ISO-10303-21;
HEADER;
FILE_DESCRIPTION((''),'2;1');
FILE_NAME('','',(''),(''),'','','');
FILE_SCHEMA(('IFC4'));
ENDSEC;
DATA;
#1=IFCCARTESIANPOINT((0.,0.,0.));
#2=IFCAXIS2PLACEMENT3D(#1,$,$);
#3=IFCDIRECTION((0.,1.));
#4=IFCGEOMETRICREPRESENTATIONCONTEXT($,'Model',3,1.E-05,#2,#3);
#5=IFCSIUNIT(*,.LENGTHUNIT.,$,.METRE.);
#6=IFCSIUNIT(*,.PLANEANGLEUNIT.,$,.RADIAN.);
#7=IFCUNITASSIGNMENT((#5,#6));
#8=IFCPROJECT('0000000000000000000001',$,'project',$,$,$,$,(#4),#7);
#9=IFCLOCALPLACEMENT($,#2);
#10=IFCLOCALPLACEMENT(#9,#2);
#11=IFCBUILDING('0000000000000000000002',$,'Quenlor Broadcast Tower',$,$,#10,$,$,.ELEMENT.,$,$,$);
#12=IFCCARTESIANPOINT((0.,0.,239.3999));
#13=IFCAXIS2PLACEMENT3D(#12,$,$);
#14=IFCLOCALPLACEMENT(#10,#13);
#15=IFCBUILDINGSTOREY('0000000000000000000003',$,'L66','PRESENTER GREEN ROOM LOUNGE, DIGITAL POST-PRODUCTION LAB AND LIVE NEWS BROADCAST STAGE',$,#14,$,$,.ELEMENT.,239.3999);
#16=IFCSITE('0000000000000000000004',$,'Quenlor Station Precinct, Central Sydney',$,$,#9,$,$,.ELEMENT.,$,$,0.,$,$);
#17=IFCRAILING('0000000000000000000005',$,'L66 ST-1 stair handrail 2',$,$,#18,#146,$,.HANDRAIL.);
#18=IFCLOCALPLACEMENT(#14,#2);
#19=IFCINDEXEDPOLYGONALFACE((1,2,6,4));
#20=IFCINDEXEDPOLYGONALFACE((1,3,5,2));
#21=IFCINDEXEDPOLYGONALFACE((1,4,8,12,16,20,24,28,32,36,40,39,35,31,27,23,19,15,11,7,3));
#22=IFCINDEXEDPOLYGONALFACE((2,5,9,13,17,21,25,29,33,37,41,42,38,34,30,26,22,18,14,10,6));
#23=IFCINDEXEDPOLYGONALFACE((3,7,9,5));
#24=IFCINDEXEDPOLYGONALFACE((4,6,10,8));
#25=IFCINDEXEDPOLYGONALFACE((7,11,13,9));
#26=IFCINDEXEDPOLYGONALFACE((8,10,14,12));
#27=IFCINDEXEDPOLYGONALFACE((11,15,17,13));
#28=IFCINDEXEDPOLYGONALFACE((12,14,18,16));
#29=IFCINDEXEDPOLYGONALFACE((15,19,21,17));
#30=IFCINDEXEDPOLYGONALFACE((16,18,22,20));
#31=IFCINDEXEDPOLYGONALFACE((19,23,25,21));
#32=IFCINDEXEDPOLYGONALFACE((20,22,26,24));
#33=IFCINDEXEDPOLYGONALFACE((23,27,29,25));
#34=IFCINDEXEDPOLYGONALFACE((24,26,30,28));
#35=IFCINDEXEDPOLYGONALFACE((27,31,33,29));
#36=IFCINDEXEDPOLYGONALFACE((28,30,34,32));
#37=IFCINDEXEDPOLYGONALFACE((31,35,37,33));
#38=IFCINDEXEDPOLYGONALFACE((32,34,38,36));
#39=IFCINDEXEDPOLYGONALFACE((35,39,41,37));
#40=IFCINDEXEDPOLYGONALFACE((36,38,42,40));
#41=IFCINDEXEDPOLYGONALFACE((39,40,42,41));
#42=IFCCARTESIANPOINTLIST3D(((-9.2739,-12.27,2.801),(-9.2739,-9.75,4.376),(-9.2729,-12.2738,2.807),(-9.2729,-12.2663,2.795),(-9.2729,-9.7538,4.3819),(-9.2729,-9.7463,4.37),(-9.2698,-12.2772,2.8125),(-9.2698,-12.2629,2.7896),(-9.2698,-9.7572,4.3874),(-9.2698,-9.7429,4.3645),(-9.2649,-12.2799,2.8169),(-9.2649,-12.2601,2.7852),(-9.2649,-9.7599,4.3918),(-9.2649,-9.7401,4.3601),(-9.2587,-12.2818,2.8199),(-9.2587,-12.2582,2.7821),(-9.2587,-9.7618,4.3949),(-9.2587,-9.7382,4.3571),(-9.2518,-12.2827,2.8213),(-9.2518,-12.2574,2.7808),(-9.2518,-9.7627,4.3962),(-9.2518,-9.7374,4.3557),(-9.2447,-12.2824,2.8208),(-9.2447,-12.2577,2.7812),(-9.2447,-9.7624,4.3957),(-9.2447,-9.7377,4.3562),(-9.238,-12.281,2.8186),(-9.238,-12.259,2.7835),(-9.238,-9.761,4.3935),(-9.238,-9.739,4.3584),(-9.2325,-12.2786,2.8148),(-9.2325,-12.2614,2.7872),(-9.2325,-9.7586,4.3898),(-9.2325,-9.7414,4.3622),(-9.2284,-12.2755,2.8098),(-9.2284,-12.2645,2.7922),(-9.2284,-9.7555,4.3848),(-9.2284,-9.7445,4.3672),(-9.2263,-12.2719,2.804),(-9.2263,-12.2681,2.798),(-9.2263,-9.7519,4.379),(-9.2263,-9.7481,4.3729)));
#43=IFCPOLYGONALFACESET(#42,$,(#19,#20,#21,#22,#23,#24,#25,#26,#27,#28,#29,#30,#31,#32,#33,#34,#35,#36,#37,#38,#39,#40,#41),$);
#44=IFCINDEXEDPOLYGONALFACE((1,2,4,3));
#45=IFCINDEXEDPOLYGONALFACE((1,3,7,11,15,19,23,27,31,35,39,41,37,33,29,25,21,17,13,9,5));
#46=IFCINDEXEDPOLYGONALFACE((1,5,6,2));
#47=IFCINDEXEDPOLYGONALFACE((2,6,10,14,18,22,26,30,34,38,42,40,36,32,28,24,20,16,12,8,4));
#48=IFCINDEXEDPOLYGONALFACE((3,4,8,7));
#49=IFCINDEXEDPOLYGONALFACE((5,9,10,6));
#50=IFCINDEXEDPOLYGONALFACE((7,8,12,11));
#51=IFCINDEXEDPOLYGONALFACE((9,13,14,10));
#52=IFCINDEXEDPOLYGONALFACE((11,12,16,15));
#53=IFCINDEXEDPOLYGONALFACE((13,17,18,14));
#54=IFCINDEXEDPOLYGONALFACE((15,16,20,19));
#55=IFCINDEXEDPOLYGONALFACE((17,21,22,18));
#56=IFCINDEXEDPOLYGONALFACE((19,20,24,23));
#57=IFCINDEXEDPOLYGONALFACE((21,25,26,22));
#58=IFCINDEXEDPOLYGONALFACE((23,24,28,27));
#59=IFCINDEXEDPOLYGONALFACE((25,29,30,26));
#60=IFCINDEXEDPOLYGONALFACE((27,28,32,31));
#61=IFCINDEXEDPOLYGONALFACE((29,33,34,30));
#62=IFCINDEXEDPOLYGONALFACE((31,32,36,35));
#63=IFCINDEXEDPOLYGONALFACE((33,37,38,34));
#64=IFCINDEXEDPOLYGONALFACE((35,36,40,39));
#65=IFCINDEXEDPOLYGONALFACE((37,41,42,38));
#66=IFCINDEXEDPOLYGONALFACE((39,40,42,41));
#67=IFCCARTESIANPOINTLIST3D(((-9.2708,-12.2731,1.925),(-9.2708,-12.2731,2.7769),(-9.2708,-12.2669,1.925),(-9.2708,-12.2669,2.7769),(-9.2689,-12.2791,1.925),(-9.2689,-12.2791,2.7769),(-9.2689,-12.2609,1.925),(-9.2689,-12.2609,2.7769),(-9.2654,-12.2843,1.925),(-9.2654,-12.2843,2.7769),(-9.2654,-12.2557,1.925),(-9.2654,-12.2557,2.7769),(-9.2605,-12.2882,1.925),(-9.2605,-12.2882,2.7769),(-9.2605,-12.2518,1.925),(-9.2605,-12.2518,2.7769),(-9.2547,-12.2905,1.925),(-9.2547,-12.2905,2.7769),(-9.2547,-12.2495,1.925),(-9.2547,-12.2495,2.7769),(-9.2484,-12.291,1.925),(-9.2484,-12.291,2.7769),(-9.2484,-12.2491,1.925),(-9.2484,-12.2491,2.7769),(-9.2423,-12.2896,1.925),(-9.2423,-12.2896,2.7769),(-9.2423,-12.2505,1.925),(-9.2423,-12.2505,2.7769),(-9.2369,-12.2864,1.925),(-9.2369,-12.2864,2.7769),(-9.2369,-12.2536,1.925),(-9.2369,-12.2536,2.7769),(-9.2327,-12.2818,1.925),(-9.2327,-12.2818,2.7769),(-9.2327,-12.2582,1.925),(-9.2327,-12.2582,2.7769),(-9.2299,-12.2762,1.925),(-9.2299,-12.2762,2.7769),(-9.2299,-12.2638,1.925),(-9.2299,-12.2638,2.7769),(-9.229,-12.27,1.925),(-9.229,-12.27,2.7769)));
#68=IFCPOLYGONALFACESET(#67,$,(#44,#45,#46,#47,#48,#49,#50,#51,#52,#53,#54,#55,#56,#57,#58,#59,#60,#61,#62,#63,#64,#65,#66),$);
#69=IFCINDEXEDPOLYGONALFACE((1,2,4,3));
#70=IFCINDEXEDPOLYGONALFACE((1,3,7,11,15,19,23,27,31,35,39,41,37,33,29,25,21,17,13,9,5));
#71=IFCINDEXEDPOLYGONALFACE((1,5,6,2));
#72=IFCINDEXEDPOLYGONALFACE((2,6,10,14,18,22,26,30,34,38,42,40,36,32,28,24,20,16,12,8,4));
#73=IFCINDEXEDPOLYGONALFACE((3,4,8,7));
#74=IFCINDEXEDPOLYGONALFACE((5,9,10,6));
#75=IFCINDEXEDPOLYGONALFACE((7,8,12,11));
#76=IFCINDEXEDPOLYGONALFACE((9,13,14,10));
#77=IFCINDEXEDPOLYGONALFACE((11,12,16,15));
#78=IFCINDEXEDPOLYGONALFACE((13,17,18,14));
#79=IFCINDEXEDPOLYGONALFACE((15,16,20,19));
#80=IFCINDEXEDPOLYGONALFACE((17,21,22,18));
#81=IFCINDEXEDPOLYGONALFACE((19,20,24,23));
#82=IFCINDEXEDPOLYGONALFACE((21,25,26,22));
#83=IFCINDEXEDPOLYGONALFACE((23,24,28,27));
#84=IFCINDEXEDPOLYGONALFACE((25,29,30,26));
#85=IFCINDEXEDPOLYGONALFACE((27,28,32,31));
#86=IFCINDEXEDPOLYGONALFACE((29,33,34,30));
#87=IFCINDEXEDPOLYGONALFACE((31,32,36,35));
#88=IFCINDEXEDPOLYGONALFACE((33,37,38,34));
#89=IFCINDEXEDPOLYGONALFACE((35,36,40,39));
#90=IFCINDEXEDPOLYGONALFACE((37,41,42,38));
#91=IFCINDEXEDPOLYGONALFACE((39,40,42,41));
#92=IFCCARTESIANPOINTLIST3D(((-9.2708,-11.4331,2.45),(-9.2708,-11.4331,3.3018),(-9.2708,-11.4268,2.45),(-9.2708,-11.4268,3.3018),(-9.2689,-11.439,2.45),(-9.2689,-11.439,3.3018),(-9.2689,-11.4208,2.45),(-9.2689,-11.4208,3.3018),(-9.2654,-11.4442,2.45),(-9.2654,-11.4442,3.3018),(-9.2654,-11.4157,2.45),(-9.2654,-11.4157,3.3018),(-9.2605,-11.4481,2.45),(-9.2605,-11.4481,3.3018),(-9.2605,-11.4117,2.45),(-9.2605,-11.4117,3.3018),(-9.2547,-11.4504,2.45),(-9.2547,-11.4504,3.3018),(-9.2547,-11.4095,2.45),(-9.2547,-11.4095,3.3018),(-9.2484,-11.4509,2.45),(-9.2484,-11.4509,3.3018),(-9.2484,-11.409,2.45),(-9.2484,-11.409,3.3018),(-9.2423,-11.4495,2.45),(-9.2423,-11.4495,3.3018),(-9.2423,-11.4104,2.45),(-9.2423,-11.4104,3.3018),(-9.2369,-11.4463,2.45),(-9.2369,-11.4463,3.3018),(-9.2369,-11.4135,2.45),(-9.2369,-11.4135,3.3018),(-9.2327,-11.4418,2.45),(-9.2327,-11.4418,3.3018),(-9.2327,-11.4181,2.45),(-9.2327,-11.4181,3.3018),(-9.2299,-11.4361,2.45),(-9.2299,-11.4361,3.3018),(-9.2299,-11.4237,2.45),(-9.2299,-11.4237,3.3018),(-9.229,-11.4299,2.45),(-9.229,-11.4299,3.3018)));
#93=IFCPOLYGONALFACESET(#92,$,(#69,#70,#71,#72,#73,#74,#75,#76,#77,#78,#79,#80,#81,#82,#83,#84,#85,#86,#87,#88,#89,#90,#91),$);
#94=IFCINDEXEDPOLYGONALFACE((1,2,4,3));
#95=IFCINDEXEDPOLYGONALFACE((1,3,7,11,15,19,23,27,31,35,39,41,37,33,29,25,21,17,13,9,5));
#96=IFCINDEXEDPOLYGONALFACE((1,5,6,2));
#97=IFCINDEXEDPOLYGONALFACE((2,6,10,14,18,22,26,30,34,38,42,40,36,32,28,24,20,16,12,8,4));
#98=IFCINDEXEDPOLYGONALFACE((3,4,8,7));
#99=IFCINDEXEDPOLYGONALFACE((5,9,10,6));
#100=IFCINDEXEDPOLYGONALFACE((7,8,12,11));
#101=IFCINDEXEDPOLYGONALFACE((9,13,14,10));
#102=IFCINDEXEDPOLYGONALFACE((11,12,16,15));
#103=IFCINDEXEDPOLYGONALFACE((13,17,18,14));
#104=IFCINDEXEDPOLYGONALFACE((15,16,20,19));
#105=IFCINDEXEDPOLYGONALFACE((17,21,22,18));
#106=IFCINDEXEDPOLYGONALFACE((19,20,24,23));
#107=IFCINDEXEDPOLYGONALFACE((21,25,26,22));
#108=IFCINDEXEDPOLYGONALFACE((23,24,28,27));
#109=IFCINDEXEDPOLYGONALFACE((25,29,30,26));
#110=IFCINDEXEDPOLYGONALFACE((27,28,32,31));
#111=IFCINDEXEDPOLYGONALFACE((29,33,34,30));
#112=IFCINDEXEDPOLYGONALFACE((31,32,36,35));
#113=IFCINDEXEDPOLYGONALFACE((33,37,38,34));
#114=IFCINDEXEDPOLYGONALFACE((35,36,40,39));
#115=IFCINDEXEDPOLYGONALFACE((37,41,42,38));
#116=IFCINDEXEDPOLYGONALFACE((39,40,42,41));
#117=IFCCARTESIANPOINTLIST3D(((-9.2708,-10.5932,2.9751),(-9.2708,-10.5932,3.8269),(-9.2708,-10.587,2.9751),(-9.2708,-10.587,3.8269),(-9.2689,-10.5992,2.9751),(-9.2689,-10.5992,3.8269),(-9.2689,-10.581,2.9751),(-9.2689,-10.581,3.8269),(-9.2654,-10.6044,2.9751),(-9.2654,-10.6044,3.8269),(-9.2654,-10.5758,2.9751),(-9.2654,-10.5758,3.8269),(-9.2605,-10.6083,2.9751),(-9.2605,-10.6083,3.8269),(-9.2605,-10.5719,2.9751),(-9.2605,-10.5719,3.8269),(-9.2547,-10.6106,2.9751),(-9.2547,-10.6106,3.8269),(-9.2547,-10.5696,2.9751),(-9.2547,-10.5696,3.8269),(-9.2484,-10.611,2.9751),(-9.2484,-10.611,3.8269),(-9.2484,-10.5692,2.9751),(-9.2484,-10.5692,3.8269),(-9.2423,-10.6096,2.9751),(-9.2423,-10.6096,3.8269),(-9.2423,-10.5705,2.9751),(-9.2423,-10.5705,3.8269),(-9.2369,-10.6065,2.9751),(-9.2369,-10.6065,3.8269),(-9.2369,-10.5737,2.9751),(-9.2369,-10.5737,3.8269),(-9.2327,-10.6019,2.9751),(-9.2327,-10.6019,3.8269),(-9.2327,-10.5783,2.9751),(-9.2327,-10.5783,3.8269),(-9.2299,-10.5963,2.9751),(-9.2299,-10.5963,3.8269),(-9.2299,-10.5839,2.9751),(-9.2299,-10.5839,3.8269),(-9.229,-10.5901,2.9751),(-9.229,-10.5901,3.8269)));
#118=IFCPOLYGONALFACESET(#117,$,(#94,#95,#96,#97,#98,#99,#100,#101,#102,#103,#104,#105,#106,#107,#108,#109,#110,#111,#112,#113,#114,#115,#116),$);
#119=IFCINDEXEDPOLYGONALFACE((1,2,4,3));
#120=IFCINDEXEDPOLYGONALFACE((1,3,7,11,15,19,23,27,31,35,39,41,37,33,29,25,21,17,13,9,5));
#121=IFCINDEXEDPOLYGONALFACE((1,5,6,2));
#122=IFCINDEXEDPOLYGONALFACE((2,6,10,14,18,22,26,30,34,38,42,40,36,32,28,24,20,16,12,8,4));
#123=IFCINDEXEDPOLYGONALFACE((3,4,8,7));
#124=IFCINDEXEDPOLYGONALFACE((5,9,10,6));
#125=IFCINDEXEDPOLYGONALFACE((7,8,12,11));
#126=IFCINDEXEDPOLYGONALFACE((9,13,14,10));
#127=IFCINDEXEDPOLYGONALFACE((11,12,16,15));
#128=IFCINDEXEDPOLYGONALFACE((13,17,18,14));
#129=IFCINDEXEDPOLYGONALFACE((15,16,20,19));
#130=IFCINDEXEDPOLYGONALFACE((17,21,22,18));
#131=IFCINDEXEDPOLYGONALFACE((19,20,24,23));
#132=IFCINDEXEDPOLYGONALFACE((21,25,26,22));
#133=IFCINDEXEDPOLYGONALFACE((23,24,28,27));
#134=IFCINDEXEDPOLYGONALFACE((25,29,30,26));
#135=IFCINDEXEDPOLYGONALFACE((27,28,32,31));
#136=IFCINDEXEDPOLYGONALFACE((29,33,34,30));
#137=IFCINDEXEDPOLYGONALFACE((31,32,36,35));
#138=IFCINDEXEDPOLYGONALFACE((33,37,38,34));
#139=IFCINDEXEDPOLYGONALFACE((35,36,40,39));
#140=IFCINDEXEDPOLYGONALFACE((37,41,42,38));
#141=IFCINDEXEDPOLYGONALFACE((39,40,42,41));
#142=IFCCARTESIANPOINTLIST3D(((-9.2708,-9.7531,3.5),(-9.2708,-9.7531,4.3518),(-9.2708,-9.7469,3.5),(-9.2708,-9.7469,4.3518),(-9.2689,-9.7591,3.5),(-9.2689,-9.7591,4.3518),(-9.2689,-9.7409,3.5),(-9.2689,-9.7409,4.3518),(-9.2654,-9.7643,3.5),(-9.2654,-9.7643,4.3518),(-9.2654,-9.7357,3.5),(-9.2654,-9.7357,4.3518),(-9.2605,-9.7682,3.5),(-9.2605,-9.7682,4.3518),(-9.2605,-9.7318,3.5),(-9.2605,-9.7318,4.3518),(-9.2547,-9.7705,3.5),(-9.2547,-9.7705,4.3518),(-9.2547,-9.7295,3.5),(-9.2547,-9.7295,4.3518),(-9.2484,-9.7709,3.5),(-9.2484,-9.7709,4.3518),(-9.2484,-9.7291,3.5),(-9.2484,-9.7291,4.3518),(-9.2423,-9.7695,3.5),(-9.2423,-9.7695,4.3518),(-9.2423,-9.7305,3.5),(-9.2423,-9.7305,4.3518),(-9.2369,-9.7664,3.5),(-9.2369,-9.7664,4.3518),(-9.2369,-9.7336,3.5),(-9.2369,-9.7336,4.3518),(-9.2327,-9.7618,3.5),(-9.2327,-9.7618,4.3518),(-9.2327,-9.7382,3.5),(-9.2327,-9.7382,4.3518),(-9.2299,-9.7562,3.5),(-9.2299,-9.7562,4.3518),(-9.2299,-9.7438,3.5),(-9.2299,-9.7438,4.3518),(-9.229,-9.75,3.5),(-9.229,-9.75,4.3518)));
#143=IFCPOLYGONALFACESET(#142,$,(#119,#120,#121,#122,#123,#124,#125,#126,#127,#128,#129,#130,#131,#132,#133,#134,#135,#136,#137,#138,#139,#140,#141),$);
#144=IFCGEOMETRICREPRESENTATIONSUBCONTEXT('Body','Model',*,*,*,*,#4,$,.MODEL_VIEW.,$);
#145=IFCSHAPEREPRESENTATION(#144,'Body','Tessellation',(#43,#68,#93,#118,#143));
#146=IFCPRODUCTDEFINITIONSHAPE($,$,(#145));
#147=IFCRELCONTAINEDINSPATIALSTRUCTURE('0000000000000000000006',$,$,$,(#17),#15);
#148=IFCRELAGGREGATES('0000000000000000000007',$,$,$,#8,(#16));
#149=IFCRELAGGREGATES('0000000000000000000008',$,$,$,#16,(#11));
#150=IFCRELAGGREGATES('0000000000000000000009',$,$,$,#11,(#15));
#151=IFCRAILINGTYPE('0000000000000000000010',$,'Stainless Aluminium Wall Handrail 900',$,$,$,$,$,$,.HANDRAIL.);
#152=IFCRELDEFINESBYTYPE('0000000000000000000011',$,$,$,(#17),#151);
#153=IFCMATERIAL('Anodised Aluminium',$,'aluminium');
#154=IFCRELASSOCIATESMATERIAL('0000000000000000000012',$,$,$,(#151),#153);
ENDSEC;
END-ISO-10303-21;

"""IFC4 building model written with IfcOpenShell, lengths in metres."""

from ifc_helpers import new_model, si_unit, direction, frame, origin, origin_2d, place, context, subcontext, project, spatial, circle, extrude, material, type_object, element, save


model = new_model("IFC4")

# Units and contexts
model_context = context("Model", 3, precision=1e-05, world=origin(), true_north=direction((0.0, 1.0)))
body_context = subcontext(model_context, "Body", "Model", "MODEL_VIEW")
ifc_project = project(units=[si_unit("LENGTHUNIT", "METRE"), si_unit("PLANEANGLEUNIT", "RADIAN")], contexts=[model_context])

# Site, building, storey
site_placement = place(None, origin())
site = spatial("IfcSite", under=ifc_project, at=site_placement, Name="Quenlor Station Precinct, Central Sydney", CompositionType="ELEMENT", RefElevation=0.0)
building_placement = place(site_placement, origin())
building = spatial("IfcBuilding", under=site, at=building_placement, Name="Quenlor Broadcast Tower", CompositionType="ELEMENT")
storey_placement = place(building_placement, frame((0.0, 0.0, 239.3999)))
storey = spatial("IfcBuildingStorey", under=building, at=storey_placement, Name="L66", Description="PRESENTER GREEN ROOM LOUNGE, DIGITAL POST-PRODUCTION LAB AND LIVE NEWS BROADCAST STAGE", CompositionType="ELEMENT", Elevation=239.3999)

# Railing
ifc_material_1 = material(Name="Anodised Aluminium", Category="aluminium")
railing_type_1 = type_object("IfcRailingType", Name="Stainless Aluminium Wall Handrail 900", PredefinedType="HANDRAIL", material=ifc_material_1)
railing_1_placement = place(storey_placement, frame((-9.25, -12.27, 1.925)))
element("IfcRailing", 1, at=railing_1_placement, inside=storey, type_object=railing_type_1, Name="L66 ST-1 stair handrail 2", PredefinedType="HANDRAIL", context=body_context, shape_type="SweptSolid", body=[
    extrude(circle(Radius=0.0239, at=origin_2d()), frame((0.0, 0.0, 0.876), z_axis=(0.0, 0.848008, 0.529984), x_axis=(-1.0, 0.0, 0.0)), (0.0, 0.0, 1.0), 2.9717),
    extrude(circle(Radius=0.021, at=origin_2d()), origin(), (0.0, 0.0, 1.0), 0.8518),
    extrude(circle(Radius=0.021, at=origin_2d()), frame((0.0, 0.8401, 0.5249)), (0.0, 0.0, 1.0), 0.8518),
    extrude(circle(Radius=0.021, at=origin_2d()), frame((0.0, 1.6799, 1.05)), (0.0, 0.0, 1.0), 0.8518),
    extrude(circle(Radius=0.021, at=origin_2d()), frame((0.0, 2.52, 1.575)), (0.0, 0.0, 1.0), 0.8518),
])

save(model, "model.ifc")
